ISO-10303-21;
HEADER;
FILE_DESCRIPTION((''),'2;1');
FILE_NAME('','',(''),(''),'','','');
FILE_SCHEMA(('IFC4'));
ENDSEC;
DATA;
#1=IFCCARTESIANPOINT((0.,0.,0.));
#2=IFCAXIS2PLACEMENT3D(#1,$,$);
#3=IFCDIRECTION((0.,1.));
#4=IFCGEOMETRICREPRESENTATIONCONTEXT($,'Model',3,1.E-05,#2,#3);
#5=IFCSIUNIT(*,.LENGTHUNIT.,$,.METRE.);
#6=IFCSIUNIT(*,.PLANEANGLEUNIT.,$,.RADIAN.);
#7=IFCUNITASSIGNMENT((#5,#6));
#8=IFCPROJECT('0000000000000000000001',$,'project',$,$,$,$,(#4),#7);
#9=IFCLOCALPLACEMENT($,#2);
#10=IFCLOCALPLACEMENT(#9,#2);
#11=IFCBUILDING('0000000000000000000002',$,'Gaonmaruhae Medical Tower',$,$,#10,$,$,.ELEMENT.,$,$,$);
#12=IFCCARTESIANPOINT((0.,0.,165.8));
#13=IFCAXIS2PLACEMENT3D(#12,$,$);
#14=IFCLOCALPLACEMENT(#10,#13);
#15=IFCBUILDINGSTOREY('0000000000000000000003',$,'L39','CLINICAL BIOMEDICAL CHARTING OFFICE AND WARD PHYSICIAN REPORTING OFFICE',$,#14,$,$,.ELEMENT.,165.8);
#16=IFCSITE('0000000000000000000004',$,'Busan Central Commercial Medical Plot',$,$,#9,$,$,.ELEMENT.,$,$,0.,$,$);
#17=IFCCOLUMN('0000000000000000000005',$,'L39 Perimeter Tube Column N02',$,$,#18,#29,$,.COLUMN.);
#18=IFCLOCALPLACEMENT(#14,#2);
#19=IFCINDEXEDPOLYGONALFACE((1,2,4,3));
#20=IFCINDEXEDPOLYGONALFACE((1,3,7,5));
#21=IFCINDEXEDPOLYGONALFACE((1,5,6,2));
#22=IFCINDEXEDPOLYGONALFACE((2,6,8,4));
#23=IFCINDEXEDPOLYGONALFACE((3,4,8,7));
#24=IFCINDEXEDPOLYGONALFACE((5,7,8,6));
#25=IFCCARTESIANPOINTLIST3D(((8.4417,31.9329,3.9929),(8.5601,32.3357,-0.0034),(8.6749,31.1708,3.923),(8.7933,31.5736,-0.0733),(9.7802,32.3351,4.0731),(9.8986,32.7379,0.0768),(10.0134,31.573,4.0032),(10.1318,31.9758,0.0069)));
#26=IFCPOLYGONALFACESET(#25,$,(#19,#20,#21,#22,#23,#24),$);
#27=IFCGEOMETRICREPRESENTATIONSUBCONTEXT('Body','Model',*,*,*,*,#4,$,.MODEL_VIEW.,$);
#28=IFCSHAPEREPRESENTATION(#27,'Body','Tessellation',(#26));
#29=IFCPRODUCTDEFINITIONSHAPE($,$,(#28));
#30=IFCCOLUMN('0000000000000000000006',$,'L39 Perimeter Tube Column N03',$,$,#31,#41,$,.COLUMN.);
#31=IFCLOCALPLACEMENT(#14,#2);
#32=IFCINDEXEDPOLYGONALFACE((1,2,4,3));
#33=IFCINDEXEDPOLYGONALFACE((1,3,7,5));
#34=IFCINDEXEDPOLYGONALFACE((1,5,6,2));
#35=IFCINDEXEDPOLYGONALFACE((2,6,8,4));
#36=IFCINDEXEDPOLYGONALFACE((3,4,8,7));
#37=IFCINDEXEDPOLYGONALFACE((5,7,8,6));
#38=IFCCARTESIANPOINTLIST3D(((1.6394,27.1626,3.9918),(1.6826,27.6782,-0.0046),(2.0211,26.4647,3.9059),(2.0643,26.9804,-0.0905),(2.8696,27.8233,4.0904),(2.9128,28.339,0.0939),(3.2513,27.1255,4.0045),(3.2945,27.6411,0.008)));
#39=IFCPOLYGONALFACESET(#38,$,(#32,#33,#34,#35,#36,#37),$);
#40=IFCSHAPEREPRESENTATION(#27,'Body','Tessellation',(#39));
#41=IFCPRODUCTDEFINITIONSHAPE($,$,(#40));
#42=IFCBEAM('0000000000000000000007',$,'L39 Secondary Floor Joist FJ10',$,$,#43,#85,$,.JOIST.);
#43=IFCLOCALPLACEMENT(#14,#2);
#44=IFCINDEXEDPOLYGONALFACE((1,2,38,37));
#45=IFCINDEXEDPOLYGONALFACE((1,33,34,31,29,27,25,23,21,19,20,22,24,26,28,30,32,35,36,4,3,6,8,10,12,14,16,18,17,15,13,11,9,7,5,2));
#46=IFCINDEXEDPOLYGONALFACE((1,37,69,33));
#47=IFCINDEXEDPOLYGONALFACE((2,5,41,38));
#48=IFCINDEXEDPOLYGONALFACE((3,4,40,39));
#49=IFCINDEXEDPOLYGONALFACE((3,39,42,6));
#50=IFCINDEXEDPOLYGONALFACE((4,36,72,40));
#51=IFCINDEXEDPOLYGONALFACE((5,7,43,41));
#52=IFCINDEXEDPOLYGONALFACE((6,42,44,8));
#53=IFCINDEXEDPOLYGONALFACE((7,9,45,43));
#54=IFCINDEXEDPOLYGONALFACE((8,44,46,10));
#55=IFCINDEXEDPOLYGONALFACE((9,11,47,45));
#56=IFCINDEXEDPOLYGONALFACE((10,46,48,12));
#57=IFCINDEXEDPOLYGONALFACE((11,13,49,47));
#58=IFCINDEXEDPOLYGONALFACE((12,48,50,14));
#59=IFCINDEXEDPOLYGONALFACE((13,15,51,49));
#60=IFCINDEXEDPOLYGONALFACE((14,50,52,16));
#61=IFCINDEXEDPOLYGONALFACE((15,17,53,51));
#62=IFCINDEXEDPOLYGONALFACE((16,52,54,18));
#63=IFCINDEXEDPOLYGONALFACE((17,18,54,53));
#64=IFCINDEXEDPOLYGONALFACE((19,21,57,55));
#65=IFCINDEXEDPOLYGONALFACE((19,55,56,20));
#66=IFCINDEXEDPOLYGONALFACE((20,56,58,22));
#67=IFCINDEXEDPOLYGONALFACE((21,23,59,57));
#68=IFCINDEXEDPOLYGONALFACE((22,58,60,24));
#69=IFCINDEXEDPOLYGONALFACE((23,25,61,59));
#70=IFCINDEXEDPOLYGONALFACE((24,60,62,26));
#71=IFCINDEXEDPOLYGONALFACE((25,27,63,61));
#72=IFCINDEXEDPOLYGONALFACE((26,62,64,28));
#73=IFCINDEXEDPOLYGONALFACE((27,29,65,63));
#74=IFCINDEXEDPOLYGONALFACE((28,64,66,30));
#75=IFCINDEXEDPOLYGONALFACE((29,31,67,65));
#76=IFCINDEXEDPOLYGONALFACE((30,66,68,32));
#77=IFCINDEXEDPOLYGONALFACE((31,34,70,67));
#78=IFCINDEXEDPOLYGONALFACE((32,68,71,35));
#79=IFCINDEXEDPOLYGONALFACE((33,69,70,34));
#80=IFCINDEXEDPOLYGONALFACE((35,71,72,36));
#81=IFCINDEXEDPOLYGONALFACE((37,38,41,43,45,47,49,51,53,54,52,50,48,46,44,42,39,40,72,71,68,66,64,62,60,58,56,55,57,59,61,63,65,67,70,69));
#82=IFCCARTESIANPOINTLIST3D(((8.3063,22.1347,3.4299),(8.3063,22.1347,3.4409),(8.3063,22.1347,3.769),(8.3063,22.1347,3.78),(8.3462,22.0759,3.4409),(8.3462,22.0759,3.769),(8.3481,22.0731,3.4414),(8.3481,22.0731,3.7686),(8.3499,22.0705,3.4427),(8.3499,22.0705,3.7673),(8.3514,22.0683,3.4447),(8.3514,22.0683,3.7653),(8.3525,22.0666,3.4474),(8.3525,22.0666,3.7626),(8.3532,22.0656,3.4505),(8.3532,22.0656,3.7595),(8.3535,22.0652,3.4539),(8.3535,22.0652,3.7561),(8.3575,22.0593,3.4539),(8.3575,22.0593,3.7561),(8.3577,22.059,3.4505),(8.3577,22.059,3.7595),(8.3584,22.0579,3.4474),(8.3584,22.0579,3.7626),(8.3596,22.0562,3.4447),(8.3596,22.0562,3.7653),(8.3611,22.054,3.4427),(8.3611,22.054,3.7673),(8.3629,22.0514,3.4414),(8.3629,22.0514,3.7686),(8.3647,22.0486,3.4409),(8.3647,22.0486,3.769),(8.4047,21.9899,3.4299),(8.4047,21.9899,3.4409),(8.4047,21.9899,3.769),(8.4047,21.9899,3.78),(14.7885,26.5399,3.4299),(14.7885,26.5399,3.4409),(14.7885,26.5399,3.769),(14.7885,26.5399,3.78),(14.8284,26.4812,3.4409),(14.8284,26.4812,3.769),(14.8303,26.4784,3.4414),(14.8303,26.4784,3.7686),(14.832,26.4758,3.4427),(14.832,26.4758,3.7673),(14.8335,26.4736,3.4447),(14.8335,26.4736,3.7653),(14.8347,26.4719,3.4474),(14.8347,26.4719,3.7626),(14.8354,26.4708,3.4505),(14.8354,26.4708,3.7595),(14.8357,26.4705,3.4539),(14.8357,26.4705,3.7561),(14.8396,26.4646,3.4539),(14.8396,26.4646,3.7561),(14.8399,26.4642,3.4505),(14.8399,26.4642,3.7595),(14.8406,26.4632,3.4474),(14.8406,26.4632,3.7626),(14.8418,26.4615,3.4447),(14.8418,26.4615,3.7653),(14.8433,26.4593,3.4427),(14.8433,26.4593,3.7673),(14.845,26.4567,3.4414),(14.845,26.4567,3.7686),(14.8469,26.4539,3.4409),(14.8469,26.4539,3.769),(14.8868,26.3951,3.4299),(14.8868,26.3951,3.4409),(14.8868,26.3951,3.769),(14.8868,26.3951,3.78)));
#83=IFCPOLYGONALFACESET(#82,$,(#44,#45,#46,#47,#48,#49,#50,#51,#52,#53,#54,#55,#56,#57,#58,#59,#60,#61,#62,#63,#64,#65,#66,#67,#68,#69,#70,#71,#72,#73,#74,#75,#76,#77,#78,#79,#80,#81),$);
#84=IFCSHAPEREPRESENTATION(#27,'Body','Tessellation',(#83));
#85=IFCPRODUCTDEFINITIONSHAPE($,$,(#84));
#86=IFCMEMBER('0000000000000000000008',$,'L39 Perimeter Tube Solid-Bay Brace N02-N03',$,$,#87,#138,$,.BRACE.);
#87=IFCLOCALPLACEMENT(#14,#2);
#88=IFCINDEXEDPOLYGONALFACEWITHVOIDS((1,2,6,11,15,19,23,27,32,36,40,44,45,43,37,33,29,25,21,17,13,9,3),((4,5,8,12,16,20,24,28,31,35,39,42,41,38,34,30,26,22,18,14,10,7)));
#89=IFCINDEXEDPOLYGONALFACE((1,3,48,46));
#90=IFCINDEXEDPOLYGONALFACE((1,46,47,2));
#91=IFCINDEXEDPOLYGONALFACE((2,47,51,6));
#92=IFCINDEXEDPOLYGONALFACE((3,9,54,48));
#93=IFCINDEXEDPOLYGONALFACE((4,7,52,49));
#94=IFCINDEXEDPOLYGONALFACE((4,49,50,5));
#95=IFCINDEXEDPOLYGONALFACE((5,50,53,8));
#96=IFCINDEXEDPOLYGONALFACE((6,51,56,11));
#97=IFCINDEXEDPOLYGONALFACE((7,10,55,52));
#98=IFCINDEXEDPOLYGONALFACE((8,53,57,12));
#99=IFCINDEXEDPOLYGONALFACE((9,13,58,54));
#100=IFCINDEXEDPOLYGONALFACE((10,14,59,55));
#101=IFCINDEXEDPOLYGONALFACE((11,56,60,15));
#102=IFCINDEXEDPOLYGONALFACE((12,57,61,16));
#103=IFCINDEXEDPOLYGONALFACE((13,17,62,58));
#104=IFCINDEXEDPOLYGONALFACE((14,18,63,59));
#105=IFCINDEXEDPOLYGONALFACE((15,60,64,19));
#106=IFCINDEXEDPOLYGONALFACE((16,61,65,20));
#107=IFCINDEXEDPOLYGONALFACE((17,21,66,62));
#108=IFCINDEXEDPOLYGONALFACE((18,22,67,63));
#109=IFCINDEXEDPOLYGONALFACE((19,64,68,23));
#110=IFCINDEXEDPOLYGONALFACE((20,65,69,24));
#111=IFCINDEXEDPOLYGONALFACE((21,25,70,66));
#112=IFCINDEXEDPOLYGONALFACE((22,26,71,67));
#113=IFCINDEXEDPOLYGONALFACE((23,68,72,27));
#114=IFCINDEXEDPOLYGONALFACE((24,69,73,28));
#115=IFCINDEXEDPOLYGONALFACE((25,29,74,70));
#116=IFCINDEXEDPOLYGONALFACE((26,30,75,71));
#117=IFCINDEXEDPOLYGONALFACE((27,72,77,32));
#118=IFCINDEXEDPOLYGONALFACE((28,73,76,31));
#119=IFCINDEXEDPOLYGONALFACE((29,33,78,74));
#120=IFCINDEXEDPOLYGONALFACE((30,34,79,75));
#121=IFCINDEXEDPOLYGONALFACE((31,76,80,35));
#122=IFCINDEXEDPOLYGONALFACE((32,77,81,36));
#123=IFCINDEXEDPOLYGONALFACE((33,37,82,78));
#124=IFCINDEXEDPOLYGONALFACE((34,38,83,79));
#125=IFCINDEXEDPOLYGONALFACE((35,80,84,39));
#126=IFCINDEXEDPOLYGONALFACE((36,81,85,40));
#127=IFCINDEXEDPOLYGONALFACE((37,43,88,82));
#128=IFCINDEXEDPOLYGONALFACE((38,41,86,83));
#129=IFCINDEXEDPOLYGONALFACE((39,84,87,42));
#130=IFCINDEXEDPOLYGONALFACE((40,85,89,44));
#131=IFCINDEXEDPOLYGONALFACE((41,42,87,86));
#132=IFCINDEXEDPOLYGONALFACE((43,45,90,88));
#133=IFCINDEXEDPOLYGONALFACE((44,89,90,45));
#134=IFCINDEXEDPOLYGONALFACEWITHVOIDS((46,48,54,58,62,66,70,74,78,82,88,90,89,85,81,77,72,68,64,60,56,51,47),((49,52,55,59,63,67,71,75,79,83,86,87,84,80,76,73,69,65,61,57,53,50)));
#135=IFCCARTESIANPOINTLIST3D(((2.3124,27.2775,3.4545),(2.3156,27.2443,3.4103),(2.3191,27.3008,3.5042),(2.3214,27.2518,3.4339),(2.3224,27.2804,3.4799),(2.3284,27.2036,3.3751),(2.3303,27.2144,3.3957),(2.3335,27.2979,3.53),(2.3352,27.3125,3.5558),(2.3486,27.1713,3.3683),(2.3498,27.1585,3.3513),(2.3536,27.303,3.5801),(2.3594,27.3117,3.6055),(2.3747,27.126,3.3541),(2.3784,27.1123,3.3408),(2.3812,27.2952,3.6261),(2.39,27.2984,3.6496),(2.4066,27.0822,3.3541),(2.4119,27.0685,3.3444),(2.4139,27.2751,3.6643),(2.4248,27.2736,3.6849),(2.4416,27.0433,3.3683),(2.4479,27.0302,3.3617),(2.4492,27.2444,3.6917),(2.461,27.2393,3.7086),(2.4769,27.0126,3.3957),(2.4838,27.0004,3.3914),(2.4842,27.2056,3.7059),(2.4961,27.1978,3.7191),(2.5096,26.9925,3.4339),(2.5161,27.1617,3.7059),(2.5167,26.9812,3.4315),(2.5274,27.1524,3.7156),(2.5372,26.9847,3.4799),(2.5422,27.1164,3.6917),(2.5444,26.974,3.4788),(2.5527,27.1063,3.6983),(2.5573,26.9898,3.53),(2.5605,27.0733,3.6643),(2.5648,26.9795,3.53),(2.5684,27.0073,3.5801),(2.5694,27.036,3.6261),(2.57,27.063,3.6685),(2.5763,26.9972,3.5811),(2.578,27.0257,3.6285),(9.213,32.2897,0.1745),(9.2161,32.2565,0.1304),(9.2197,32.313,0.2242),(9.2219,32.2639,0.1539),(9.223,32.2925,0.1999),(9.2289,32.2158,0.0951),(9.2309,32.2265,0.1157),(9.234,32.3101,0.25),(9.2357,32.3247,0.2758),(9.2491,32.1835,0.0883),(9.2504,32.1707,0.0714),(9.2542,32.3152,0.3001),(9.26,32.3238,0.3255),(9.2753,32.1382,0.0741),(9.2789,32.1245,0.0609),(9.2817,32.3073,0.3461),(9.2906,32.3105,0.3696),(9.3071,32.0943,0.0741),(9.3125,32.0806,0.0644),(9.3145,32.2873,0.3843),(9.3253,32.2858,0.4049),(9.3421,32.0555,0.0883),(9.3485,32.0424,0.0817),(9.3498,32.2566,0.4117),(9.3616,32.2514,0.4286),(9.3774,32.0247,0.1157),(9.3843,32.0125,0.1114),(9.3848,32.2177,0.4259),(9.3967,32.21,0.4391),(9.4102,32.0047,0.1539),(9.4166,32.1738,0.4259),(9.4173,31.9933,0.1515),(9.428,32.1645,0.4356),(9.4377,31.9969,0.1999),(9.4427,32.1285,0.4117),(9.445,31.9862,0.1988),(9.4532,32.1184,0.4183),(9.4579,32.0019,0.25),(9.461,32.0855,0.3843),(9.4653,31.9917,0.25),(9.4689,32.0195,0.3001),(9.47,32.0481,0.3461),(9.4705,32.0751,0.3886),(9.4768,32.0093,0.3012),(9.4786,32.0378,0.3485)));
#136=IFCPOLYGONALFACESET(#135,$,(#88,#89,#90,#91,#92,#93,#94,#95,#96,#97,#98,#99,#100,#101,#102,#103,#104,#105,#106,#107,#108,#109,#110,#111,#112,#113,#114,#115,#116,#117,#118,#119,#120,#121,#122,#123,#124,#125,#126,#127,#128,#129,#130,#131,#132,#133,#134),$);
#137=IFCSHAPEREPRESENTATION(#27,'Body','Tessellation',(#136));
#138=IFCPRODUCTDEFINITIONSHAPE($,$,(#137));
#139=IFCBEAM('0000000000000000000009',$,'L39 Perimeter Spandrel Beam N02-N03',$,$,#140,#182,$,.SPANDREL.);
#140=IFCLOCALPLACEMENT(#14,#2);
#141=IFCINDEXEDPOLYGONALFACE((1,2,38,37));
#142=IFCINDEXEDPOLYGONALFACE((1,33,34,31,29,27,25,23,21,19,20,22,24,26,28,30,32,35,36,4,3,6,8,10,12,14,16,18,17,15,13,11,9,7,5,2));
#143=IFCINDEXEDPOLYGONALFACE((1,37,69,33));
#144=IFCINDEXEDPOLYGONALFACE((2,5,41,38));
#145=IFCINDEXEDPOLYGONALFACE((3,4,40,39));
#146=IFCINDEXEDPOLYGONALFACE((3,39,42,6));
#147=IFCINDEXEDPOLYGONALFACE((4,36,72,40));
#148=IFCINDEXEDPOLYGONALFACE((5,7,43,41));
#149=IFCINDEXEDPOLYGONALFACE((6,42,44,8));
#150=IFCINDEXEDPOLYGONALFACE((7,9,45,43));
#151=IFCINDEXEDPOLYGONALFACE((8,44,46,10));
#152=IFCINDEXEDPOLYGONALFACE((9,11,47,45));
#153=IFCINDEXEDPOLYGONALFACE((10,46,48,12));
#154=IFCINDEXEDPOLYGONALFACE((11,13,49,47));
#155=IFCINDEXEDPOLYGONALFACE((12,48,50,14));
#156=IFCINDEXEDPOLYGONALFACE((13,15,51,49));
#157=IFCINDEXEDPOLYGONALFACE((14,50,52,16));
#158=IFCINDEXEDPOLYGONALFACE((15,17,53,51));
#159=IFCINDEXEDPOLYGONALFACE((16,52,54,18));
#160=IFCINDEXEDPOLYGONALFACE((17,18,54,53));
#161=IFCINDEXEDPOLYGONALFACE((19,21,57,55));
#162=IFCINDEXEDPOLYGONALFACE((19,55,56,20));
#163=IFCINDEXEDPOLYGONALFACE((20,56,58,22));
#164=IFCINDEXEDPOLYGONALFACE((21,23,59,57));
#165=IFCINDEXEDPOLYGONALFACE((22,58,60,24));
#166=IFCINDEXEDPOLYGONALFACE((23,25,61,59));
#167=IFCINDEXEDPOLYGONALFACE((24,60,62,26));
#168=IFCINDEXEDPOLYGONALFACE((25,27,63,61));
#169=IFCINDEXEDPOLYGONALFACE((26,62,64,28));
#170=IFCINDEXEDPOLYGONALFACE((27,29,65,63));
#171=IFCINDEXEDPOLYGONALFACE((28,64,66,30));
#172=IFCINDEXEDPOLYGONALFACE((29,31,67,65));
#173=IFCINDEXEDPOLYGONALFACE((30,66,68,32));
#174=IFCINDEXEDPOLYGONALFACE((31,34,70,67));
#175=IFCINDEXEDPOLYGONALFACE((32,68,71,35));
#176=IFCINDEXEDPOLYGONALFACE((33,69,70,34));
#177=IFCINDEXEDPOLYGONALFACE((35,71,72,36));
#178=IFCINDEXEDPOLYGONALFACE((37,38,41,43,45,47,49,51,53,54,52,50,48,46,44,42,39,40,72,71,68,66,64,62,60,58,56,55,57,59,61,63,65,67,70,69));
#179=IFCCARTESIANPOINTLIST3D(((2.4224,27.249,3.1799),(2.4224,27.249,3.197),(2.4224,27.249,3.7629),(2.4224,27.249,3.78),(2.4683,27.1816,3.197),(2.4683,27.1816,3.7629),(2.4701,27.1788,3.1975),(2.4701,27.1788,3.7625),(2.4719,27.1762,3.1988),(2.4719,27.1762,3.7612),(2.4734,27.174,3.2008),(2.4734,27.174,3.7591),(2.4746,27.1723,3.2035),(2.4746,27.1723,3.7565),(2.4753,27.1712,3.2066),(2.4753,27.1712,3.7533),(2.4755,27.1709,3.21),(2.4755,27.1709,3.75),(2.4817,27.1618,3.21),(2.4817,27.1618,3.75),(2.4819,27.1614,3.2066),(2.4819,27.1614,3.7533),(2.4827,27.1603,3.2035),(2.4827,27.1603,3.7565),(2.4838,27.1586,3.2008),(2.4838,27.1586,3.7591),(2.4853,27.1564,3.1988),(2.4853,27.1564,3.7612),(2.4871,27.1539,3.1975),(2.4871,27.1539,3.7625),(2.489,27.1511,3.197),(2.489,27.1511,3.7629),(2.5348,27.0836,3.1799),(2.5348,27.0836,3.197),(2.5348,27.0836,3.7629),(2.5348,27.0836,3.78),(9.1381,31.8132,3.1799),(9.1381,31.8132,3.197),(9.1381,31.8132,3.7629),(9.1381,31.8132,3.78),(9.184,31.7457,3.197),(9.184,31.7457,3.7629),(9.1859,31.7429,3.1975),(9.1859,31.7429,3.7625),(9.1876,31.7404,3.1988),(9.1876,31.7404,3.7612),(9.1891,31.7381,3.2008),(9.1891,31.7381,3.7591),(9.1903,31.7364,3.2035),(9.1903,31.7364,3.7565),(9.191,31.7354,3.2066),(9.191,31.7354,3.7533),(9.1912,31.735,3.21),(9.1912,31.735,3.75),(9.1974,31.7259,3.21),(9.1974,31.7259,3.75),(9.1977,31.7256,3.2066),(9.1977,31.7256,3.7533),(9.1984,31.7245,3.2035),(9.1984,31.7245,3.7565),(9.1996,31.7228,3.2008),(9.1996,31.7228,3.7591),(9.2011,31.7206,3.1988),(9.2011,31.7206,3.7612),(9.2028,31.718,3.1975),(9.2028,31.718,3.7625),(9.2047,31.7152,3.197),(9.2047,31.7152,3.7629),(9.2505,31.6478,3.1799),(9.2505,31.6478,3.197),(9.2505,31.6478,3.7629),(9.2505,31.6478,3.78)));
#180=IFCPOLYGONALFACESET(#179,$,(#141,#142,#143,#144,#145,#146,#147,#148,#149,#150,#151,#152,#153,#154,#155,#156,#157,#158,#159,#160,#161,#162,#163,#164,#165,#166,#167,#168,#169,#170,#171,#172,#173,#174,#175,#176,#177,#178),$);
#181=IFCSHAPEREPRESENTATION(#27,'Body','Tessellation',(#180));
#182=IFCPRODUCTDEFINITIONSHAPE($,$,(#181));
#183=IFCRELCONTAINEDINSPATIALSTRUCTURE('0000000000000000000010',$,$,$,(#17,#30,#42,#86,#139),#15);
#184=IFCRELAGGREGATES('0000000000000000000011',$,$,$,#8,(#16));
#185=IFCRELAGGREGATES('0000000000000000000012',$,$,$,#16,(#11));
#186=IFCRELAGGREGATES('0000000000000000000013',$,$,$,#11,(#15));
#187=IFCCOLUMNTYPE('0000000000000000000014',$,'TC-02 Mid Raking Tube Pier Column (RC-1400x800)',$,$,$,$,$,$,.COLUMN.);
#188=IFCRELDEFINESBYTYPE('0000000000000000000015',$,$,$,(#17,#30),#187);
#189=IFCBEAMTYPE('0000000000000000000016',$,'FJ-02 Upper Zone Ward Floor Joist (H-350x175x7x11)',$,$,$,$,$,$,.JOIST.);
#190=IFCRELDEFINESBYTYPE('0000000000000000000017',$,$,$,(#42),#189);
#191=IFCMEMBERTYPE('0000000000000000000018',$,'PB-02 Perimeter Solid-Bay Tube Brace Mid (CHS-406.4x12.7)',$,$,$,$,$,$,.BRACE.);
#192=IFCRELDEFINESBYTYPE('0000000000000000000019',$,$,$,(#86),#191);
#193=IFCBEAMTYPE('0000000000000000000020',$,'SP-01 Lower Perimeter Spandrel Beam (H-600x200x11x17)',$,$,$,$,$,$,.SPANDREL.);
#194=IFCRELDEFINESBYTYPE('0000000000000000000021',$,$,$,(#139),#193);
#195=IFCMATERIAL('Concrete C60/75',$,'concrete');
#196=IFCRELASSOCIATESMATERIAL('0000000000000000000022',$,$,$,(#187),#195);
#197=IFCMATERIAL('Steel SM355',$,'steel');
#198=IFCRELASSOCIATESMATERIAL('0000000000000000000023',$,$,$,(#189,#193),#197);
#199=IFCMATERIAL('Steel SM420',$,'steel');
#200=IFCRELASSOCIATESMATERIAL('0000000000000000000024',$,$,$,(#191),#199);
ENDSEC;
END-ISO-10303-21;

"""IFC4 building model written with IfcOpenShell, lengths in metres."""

from ifc_helpers import new_model, si_unit, direction, frame, origin, origin_2d, place, context, subcontext, project, spatial, rectangle, hollow_circle, i_section, extrude, material, material_profile, profile_set, type_object, element, save


model = new_model("IFC4")

# Units and contexts
model_context = context("Model", 3, precision=1e-05, world=origin(), true_north=direction((0.0, 1.0)))
body_context = subcontext(model_context, "Body", "Model", "MODEL_VIEW")
ifc_project = project(units=[si_unit("LENGTHUNIT", "METRE"), si_unit("PLANEANGLEUNIT", "RADIAN")], contexts=[model_context])

# Site, building, storey
site_placement = place(None, origin())
site = spatial("IfcSite", under=ifc_project, at=site_placement, Name="Busan Central Commercial Medical Plot", CompositionType="ELEMENT", RefElevation=0.0)
building_placement = place(site_placement, origin())
building = spatial("IfcBuilding", under=site, at=building_placement, Name="Gaonmaruhae Medical Tower", CompositionType="ELEMENT")
storey_placement = place(building_placement, frame((0.0, 0.0, 165.8)))
storey = spatial("IfcBuildingStorey", under=building, at=storey_placement, Name="L39", Description="CLINICAL BIOMEDICAL CHARTING OFFICE AND WARD PHYSICIAN REPORTING OFFICE", CompositionType="ELEMENT", Elevation=165.8)

# Columns
ifc_material_1 = material(Name="Concrete C60/75", Category="concrete")
ifc_material_profile_1 = material_profile(ifc_material_1, rectangle(XDim=1.3999, YDim=0.8, at=origin_2d()), Name="RC-1400x800")
ifc_profile_set_1 = profile_set([ifc_material_profile_1], Name="Concrete C60/75")
column_type = type_object("IfcColumnType", Name="TC-02 Mid Raking Tube Pier Column (RC-1400x800)", PredefinedType="COLUMN", material=ifc_profile_set_1)
column_1_placement = place(storey_placement, frame((9.3459, 32.1558, 0.0017), z_axis=(-0.029467, -0.100249, 0.994526), x_axis=(0.95612, 0.287319, 0.057291)))
element("IfcColumn", 1, at=column_1_placement, inside=storey, type_object=column_type, Name="L39 Perimeter Tube Column N02", PredefinedType="COLUMN", context=body_context, shape_type="SweptSolid", body=[
    extrude(rectangle(XDim=1.3999, YDim=0.8, at=origin_2d()), origin(), (0.0, 0.0, 1.0), 4.0183),
])
column_2_placement = place(storey_placement, frame((2.4885, 27.6597, 0.0017), z_axis=(-0.010724, -0.127956, 0.991722), x_axis=(0.878776, 0.472013, 0.070404)))
element("IfcColumn", 2, at=column_2_placement, inside=storey, type_object=column_type, Name="L39 Perimeter Tube Column N03", PredefinedType="COLUMN", context=body_context, shape_type="SweptSolid", body=[
    extrude(rectangle(XDim=1.3999, YDim=0.8, at=origin_2d()), origin(), (0.0, 0.0, 1.0), 4.0298),
])

# Beam
ifc_material_2 = material(Name="Steel SM355", Category="steel")
ifc_material_profile_2 = material_profile(ifc_material_2, i_section(OverallWidth=0.175, OverallDepth=0.3501, WebThickness=0.0071, FlangeThickness=0.011, FilletRadius=0.0129, at=origin_2d()), Name="H-350x175x7x11")
ifc_profile_set_2 = profile_set([ifc_material_profile_2], Name="Steel SM355")
beam_type_1 = type_object("IfcBeamType", Name="FJ-02 Upper Zone Ward Floor Joist (H-350x175x7x11)", PredefinedType="JOIST", material=ifc_profile_set_2)
beam_1_placement = place(storey_placement, frame((14.8376, 26.4675, 3.605), z_axis=(-0.827081, -0.562083, 0.0), x_axis=(0.562083, -0.827081, 0.0)))
element("IfcBeam", 3, at=beam_1_placement, inside=storey, type_object=beam_type_1, Name="L39 Secondary Floor Joist FJ10", PredefinedType="JOIST", context=body_context, shape_type="SweptSolid", body=[
    extrude(i_section(OverallWidth=0.175, OverallDepth=0.3501, WebThickness=0.0071, FlangeThickness=0.011, FilletRadius=0.0129, at=origin_2d()), origin(), (0.0, 0.0, 1.0), 7.8374),
])

# Member
ifc_material_3 = material(Name="Steel SM420", Category="steel")
ifc_material_profile_3 = material_profile(ifc_material_3, hollow_circle(Radius=0.2031, WallThickness=0.0127, at=origin_2d()), Name="CHS-406.4x12.7")
ifc_profile_set_3 = profile_set([ifc_material_profile_3], Name="Steel SM420")
member_type = type_object("IfcMemberType", Name="PB-02 Perimeter Solid-Bay Tube Brace Mid (CHS-406.4x12.7)", PredefinedType="BRACE", material=ifc_profile_set_3)
member_placement = place(storey_placement, frame((9.3459, 32.156, 0.25), z_axis=(-0.755174, -0.548513, 0.358951), x_axis=(0.587678, -0.809095, 0.0)))
element("IfcMember", 4, at=member_placement, inside=storey, type_object=member_type, Name="L39 Perimeter Tube Solid-Bay Brace N02-N03", PredefinedType="BRACE", context=body_context, shape_type="SweptSolid", body=[
    extrude(hollow_circle(Radius=0.2031, WallThickness=0.0127, at=origin_2d()), origin(), (0.0, 0.0, 1.0), 9.1377),
])

# Beam
ifc_material_profile_4 = material_profile(ifc_material_2, i_section(OverallWidth=0.2, OverallDepth=0.6001, WebThickness=0.011, FlangeThickness=0.0171, FilletRadius=0.0129, at=origin_2d()), Name="H-600x200x11x17")
ifc_profile_set_4 = profile_set([ifc_material_profile_4], Name="Steel SM355")
beam_type_2 = type_object("IfcBeamType", Name="SP-01 Lower Perimeter Spandrel Beam (H-600x200x11x17)", PredefinedType="SPANDREL", material=ifc_profile_set_4)
beam_2_placement = place(storey_placement, frame((9.1943, 31.7305, 3.48), z_axis=(-0.827072, -0.562095, 0.0), x_axis=(0.562095, -0.827072, 0.0)))
element("IfcBeam", 5, at=beam_2_placement, inside=storey, type_object=beam_type_2, Name="L39 Perimeter Spandrel Beam N02-N03", PredefinedType="SPANDREL", context=body_context, shape_type="SweptSolid", body=[
    extrude(i_section(OverallWidth=0.2, OverallDepth=0.6001, WebThickness=0.011, FlangeThickness=0.0171, FilletRadius=0.0129, at=origin_2d()), origin(), (0.0, 0.0, 1.0), 8.1199),
])

save(model, "model.ifc")
